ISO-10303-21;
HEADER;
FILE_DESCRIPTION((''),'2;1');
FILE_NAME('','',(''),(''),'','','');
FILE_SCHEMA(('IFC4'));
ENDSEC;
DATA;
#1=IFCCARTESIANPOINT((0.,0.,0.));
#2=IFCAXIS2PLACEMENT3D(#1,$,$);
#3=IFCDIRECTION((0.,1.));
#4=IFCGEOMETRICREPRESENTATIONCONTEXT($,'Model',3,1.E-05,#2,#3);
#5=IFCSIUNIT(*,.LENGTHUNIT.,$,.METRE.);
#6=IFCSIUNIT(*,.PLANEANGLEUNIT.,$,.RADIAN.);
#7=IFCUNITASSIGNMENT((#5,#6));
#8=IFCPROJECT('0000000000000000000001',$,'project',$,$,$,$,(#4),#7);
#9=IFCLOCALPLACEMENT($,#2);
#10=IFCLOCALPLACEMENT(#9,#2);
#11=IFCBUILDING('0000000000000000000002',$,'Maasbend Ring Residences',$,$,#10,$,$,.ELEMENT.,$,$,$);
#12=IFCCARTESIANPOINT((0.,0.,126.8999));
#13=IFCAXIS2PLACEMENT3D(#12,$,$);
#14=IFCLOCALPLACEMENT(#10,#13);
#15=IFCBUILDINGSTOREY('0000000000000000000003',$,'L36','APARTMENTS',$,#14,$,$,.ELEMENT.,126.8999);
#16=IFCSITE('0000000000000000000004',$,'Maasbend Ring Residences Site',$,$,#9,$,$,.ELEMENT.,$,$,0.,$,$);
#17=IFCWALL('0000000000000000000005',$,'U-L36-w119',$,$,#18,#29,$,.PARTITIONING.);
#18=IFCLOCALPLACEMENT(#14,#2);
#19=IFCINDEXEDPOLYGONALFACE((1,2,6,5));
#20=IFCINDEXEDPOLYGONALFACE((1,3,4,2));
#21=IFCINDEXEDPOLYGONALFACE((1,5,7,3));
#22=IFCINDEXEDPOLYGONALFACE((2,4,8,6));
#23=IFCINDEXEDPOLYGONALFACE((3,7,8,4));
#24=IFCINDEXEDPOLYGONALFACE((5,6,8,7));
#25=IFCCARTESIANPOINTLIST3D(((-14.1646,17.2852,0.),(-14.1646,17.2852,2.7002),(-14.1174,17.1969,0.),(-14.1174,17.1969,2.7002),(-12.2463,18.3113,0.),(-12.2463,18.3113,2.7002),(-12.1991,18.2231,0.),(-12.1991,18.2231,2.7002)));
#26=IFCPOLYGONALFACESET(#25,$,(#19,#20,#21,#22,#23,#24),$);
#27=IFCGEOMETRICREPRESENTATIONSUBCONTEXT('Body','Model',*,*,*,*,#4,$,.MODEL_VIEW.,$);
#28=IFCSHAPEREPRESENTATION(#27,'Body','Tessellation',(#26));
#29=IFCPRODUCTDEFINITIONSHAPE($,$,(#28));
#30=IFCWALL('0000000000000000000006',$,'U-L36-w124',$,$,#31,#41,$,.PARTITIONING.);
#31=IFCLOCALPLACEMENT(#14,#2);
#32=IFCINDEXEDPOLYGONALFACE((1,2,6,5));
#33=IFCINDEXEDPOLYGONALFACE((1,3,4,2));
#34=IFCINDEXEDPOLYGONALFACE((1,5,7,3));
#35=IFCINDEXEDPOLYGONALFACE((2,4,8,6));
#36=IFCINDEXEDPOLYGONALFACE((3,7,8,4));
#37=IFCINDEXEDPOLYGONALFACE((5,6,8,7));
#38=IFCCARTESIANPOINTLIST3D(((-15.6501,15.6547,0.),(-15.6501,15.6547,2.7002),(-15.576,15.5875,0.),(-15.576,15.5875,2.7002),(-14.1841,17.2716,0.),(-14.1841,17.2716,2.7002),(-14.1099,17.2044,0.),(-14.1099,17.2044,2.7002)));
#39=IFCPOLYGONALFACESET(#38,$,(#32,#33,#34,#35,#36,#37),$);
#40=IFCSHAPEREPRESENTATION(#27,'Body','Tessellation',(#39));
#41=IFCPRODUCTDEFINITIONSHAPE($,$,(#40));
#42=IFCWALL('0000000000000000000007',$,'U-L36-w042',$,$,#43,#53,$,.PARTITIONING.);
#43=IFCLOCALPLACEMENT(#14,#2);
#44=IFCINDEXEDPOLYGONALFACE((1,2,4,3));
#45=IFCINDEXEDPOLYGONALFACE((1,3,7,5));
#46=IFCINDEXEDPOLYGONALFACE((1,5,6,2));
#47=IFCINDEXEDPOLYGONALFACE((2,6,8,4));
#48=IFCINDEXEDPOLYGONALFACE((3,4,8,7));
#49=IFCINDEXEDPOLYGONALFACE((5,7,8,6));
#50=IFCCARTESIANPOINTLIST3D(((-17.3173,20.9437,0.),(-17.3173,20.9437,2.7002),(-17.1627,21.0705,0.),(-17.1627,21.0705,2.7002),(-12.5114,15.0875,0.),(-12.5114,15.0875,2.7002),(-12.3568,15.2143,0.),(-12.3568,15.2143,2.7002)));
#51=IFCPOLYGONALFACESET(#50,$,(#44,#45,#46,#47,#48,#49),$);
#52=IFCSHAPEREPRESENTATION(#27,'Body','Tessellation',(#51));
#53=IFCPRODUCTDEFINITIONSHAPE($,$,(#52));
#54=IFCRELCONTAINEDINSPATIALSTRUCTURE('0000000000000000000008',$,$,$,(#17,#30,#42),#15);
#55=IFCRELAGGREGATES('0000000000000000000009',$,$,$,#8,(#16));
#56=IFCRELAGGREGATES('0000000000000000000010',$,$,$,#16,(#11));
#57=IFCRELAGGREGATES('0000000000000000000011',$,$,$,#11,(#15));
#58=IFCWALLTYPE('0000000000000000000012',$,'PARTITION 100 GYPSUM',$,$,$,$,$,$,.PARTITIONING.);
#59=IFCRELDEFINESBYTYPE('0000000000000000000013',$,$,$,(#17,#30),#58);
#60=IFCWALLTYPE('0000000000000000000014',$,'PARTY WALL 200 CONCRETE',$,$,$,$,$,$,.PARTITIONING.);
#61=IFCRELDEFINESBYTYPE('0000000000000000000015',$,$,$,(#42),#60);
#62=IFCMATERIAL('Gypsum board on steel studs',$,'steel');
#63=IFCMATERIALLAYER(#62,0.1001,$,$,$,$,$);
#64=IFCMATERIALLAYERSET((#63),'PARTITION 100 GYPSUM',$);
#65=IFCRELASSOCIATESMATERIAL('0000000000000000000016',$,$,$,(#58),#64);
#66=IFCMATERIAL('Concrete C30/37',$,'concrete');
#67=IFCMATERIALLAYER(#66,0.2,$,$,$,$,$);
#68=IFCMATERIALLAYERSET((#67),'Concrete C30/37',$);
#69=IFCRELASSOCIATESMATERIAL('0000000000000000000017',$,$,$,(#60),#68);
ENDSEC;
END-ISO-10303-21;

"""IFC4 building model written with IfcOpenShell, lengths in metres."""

from ifc_helpers import new_model, si_unit, direction, frame, frame_2d, origin, place, context, subcontext, project, spatial, rectangle, extrude, material, layer, layer_set, type_object, element, save


model = new_model("IFC4")

# Units and contexts
model_context = context("Model", 3, precision=1e-05, world=origin(), true_north=direction((0.0, 1.0)))
body_context = subcontext(model_context, "Body", "Model", "MODEL_VIEW")
ifc_project = project(units=[si_unit("LENGTHUNIT", "METRE"), si_unit("PLANEANGLEUNIT", "RADIAN")], contexts=[model_context])

# Site, building, storey
site_placement = place(None, origin())
site = spatial("IfcSite", under=ifc_project, at=site_placement, Name="Maasbend Ring Residences Site", CompositionType="ELEMENT", RefElevation=0.0)
building_placement = place(site_placement, origin())
building = spatial("IfcBuilding", under=site, at=building_placement, Name="Maasbend Ring Residences", CompositionType="ELEMENT")
storey_placement = place(building_placement, frame((0.0, 0.0, 126.8999)))
storey = spatial("IfcBuildingStorey", under=building, at=storey_placement, Name="L36", Description="APARTMENTS", CompositionType="ELEMENT", Elevation=126.8999)

# Shared definitions
ifc_material_1 = material(Name="Gypsum board on steel studs", Category="steel")
ifc_layer_1 = layer(ifc_material_1, 0.1001)
ifc_layer_set_1 = layer_set([ifc_layer_1], Name="PARTITION 100 GYPSUM")
wall_type_1 = type_object("IfcWallType", Name="PARTITION 100 GYPSUM", PredefinedType="PARTITIONING", material=ifc_layer_set_1)

# Walls
wall_1_placement = place(storey_placement, frame((-14.1411, 17.241, 0.0), z_axis=(0.0, 0.0, 1.0), x_axis=(0.881765, 0.471689, 0.0)))
element("IfcWall", 1, at=wall_1_placement, inside=storey, type_object=wall_type_1, Name="U-L36-w119", PredefinedType="PARTITIONING", context=body_context, shape_type="SweptSolid", body=[
    extrude(rectangle(XDim=2.1755, YDim=0.1001, at=frame_2d((1.0879, 0.0))), origin(), (0.0, 0.0, 1.0), 2.7002),
])
wall_2_placement = place(storey_placement, frame((-15.613, 15.6211, 0.0), z_axis=(0.0, 0.0, 1.0), x_axis=(0.671698, 0.740825, 0.0)))
element("IfcWall", 2, at=wall_2_placement, inside=storey, type_object=wall_type_1, Name="U-L36-w124", PredefinedType="PARTITIONING", context=body_context, shape_type="SweptSolid", body=[
    extrude(rectangle(XDim=2.1826, YDim=0.1001, at=frame_2d((1.0913, 0.0))), origin(), (0.0, 0.0, 1.0), 2.7002),
])
ifc_material_2 = material(Name="Concrete C30/37", Category="concrete")
ifc_layer_2 = layer(ifc_material_2, 0.2)
ifc_layer_set_2 = layer_set([ifc_layer_2], Name="Concrete C30/37")
wall_type_2 = type_object("IfcWallType", Name="PARTY WALL 200 CONCRETE", PredefinedType="PARTITIONING", material=ifc_layer_set_2)
wall_3_placement = place(storey_placement, frame((-17.24, 21.0071, 0.0), z_axis=(0.0, 0.0, 1.0), x_axis=(0.634381, -0.77302, 0.0)))
element("IfcWall", 3, at=wall_3_placement, inside=storey, type_object=wall_type_2, Name="U-L36-w042", PredefinedType="PARTITIONING", context=body_context, shape_type="SweptSolid", body=[
    extrude(rectangle(XDim=7.5757, YDim=0.2, at=frame_2d((3.7878, 0.0))), origin(), (0.0, 0.0, 1.0), 2.7002),
])

save(model, "model.ifc")
